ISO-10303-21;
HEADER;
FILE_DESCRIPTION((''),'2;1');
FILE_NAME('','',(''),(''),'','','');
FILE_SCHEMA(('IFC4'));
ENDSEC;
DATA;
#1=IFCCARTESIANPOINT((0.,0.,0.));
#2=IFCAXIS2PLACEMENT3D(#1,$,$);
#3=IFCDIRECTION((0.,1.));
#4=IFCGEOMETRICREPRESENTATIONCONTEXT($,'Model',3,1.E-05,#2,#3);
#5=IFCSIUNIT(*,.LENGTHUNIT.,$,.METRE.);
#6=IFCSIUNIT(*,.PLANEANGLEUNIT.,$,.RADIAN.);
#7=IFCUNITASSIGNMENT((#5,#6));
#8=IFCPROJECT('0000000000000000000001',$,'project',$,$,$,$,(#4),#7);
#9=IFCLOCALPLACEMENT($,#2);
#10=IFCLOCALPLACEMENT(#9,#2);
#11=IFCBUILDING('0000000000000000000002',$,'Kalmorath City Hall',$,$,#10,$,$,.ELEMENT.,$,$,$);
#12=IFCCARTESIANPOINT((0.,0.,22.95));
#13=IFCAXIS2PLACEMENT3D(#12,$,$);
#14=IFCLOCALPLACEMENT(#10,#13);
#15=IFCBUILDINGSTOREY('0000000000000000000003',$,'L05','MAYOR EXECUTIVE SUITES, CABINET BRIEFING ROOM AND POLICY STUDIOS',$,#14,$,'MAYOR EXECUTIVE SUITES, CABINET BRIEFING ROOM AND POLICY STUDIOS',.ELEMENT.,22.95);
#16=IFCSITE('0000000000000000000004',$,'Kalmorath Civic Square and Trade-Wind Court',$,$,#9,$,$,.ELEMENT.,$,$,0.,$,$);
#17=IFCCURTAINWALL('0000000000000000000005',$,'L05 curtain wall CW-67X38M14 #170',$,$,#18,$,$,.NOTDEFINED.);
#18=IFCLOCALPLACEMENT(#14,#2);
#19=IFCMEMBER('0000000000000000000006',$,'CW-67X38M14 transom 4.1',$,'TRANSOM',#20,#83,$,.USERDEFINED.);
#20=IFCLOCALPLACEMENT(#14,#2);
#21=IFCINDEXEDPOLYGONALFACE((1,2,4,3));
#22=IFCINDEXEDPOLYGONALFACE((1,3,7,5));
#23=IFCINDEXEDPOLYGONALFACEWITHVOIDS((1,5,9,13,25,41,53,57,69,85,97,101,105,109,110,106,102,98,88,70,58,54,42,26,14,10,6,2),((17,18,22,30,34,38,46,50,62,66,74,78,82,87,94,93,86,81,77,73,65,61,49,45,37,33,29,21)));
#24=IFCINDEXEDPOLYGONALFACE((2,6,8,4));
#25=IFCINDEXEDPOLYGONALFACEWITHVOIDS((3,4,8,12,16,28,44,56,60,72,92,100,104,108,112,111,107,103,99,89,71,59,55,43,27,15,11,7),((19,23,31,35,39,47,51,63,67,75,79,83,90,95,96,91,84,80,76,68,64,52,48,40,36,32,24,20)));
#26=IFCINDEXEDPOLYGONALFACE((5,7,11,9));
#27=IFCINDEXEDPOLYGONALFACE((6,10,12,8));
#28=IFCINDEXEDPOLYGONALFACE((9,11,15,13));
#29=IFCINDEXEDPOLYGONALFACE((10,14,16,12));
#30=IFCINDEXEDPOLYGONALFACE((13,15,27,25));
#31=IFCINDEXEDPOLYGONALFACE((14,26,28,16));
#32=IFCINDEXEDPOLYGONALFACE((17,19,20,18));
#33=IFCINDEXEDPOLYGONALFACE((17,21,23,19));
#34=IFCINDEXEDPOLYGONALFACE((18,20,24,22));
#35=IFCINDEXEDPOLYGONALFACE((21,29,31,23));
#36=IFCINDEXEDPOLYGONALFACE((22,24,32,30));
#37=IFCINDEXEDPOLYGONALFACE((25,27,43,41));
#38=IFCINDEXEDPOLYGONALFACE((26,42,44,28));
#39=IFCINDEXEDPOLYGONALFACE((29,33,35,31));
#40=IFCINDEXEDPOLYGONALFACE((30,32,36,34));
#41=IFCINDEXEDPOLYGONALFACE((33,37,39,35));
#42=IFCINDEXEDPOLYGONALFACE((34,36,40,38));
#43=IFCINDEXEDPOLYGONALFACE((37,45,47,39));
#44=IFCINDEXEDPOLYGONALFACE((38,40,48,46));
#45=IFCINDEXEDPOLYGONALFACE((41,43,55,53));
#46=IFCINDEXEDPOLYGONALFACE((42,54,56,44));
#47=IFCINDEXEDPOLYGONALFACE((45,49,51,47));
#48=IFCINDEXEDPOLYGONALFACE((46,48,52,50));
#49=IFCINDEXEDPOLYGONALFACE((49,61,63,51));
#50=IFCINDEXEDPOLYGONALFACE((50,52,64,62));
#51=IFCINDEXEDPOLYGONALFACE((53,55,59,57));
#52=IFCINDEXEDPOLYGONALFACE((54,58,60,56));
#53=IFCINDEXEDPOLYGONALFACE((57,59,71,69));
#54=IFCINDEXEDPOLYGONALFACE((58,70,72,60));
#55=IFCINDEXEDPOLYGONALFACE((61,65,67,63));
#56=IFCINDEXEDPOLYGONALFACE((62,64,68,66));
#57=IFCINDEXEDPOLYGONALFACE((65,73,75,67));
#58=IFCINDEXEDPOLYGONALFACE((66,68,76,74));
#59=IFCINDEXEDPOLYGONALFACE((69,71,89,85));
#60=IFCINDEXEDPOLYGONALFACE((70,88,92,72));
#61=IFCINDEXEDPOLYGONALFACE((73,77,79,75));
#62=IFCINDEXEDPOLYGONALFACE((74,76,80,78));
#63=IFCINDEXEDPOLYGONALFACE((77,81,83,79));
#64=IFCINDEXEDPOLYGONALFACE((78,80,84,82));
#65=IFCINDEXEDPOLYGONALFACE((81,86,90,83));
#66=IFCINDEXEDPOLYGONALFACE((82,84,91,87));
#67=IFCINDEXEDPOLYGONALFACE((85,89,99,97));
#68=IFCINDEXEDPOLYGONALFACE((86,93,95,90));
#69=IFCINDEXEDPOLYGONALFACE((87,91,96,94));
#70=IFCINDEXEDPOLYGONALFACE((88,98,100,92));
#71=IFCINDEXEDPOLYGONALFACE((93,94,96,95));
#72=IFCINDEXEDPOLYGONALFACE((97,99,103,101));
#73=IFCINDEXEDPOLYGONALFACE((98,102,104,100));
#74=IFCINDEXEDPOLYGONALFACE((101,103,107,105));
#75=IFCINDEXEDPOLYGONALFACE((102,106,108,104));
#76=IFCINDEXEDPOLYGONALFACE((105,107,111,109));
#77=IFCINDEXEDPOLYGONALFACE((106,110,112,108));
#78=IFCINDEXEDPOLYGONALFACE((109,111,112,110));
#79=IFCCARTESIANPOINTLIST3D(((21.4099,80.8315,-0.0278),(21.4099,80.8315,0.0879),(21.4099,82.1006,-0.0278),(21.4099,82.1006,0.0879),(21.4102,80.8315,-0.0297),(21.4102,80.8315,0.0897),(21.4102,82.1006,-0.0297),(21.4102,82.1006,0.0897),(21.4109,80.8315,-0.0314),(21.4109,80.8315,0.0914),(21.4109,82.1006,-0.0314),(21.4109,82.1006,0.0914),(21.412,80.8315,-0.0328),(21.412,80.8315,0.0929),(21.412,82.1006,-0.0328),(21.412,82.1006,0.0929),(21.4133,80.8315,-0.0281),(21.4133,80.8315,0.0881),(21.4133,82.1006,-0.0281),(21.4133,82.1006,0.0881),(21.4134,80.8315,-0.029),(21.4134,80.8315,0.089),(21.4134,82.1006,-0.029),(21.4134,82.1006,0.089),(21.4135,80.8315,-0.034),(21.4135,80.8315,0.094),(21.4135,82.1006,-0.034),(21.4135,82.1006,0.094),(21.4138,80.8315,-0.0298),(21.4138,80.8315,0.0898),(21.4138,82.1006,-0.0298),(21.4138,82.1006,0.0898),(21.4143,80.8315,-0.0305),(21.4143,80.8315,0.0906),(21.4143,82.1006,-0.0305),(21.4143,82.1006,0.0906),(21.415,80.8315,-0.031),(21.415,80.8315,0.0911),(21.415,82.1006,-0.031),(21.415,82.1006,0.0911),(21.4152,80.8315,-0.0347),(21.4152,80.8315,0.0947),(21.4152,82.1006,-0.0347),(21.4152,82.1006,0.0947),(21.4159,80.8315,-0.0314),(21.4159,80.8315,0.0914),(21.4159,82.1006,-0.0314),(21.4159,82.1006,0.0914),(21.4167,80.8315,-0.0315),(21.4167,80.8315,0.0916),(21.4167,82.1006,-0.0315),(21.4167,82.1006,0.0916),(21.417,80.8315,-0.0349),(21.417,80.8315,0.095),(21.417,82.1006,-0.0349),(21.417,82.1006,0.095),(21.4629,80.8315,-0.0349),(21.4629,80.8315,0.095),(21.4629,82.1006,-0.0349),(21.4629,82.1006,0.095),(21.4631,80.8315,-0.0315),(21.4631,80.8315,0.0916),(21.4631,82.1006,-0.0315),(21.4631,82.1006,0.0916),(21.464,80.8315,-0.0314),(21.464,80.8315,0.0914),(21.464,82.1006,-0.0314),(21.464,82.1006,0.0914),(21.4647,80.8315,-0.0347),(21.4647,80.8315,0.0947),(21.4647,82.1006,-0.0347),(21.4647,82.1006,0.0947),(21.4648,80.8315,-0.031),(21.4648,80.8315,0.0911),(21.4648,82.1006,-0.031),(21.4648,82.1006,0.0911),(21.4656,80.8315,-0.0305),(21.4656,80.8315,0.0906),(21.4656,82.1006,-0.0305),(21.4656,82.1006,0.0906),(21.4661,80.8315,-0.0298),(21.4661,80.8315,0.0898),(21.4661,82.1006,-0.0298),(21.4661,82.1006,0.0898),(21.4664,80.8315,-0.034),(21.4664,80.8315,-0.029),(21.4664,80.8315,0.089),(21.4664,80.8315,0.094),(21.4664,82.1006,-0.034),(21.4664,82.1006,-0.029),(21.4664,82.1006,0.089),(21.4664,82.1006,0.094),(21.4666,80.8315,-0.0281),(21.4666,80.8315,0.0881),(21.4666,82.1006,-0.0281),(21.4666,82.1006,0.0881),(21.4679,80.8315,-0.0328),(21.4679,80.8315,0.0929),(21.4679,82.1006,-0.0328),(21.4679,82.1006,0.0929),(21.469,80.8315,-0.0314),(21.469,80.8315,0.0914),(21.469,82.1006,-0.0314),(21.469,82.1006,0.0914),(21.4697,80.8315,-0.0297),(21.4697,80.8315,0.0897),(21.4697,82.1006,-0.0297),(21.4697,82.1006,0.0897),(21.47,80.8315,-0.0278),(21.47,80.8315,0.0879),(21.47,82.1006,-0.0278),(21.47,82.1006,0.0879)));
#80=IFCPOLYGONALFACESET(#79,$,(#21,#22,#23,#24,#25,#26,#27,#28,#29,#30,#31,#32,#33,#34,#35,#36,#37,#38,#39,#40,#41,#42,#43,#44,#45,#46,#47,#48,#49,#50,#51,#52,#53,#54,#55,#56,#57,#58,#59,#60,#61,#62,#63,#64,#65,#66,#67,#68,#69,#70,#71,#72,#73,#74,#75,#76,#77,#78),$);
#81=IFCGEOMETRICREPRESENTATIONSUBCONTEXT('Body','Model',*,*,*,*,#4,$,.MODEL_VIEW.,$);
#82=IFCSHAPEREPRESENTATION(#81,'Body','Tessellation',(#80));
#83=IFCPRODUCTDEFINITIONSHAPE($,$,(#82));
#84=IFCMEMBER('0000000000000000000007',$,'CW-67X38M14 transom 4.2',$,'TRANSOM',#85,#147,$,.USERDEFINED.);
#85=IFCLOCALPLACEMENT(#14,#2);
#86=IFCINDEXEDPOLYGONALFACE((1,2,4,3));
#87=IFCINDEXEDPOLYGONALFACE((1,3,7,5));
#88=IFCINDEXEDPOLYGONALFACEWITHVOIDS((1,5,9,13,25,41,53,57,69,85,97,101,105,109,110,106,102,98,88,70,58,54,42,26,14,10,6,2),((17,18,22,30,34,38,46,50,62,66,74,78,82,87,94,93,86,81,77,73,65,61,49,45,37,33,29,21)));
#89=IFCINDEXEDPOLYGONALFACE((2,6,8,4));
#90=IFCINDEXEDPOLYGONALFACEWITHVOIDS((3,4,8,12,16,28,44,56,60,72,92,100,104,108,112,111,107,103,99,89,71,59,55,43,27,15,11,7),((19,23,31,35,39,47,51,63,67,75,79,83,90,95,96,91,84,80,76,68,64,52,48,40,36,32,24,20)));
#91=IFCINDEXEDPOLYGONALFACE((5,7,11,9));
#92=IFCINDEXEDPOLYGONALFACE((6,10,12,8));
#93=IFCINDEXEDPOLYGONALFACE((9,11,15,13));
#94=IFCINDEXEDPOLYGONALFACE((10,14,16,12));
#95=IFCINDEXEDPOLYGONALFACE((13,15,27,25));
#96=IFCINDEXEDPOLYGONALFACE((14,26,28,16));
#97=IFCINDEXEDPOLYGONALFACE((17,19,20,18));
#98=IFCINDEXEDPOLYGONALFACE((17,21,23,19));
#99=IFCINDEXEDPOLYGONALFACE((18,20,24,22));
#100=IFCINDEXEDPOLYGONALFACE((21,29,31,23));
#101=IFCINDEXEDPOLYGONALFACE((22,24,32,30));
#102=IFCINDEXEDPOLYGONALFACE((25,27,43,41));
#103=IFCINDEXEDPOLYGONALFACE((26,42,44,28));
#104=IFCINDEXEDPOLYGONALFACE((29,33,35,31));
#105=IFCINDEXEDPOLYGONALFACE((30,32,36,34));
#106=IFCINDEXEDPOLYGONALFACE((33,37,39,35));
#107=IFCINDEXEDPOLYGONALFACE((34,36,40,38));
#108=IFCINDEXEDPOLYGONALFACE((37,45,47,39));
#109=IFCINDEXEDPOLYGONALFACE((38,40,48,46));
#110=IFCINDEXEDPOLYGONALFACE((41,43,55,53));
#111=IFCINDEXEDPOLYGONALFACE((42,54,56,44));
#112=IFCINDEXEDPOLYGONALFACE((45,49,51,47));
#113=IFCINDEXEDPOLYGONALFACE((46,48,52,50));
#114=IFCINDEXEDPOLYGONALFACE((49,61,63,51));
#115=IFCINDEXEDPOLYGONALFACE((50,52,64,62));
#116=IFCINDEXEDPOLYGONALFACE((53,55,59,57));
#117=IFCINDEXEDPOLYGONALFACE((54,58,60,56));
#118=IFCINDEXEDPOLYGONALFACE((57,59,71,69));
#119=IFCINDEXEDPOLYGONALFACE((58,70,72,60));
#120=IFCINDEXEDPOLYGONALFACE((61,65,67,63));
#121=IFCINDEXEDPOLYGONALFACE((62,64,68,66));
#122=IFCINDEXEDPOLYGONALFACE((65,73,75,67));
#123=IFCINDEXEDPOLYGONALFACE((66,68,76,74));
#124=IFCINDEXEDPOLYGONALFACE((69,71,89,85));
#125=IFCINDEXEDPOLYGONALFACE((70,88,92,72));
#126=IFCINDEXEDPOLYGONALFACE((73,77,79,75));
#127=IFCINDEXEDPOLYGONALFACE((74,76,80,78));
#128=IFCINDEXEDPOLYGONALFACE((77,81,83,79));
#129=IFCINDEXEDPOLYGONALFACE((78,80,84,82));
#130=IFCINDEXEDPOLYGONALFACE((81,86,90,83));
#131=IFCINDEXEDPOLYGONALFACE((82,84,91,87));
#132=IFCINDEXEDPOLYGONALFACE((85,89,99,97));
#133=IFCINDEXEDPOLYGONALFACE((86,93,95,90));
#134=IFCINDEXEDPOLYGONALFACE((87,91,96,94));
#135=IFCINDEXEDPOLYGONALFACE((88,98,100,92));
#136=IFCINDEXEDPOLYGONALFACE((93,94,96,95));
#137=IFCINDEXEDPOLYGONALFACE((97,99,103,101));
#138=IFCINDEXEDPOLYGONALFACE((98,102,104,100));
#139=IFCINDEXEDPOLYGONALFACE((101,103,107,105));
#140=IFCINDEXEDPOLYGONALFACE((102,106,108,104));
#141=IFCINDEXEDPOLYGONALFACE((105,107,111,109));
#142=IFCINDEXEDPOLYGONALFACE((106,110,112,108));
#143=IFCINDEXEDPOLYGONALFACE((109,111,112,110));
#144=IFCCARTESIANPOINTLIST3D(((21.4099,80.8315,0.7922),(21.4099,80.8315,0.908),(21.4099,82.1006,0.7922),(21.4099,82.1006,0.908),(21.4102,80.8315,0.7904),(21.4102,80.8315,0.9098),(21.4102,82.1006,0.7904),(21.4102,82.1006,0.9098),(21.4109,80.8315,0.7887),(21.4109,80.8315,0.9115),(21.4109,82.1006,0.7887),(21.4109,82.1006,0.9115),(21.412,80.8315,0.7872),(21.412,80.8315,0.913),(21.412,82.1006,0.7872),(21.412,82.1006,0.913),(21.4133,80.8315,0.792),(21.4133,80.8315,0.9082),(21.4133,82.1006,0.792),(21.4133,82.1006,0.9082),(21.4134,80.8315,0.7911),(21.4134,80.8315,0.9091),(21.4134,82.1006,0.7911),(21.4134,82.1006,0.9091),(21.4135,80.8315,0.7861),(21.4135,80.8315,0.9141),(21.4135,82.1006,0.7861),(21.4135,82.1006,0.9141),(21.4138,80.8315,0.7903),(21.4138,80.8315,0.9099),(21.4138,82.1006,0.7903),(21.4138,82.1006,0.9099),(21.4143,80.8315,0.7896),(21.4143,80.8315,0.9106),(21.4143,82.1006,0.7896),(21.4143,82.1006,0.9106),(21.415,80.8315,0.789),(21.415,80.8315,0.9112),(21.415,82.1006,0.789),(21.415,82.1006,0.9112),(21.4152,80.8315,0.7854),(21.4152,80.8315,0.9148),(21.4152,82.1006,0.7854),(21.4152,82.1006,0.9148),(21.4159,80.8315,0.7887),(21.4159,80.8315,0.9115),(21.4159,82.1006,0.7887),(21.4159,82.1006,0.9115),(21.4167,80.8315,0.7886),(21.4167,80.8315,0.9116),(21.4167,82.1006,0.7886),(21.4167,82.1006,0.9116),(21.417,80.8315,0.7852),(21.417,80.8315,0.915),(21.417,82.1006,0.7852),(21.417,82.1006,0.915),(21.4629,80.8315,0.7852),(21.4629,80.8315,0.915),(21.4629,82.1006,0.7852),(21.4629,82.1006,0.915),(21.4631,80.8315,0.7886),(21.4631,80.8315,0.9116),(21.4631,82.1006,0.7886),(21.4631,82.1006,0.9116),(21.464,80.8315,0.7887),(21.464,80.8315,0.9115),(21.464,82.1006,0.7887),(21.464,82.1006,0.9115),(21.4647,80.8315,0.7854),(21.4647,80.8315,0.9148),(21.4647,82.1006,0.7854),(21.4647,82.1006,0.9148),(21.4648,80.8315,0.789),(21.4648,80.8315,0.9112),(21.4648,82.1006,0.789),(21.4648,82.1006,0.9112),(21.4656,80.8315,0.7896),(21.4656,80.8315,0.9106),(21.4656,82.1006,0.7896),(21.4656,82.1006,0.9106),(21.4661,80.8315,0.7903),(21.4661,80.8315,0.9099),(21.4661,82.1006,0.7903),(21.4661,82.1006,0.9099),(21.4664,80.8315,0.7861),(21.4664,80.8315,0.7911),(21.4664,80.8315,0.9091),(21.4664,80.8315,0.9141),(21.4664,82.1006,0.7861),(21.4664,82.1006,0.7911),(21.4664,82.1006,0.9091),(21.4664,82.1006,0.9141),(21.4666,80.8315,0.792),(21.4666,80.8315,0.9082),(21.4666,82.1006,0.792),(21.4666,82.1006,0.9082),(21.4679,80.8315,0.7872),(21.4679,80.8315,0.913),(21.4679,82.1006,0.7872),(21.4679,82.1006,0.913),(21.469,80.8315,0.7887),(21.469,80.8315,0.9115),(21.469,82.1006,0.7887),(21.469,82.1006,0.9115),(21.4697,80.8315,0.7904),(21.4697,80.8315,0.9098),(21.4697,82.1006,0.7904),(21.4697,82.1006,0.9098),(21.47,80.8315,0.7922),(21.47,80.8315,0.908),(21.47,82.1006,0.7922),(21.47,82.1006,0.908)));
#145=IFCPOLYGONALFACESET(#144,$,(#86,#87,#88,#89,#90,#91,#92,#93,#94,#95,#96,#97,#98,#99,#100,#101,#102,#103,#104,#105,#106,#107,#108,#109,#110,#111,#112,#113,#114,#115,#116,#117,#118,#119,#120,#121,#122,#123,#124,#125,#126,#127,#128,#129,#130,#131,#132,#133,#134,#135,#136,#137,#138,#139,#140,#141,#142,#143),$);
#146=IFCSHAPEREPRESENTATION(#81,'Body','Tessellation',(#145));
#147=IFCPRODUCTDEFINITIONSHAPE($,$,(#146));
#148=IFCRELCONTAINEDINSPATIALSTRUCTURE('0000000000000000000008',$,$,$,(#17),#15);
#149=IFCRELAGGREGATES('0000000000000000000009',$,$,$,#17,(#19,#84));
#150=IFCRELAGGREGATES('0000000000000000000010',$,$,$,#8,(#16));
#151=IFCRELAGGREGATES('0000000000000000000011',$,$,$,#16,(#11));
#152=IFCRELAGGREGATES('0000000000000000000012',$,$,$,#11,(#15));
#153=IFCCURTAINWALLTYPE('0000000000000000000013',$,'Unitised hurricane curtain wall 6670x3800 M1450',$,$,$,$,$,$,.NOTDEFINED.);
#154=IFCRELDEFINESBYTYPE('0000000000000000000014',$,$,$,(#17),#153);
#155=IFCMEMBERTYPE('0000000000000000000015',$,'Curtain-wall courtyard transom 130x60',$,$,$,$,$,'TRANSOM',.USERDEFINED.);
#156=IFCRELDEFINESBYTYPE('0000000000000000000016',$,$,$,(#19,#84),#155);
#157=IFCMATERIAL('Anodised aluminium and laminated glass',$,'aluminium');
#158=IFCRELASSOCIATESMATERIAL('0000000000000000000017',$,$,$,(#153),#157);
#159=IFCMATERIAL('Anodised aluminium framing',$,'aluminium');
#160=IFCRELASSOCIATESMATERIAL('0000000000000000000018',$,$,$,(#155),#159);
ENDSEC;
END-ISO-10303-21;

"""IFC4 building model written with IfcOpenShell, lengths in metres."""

from ifc_helpers import new_model, si_unit, direction, frame, origin, origin_2d, place, context, subcontext, project, spatial, hollow_rectangle, extrude, material, material_profile, profile_set, type_object, element, aggregate, save


model = new_model("IFC4")

# Units and contexts
model_context = context("Model", 3, precision=1e-05, world=origin(), true_north=direction((0.0, 1.0)))
body_context = subcontext(model_context, "Body", "Model", "MODEL_VIEW")
ifc_project = project(units=[si_unit("LENGTHUNIT", "METRE"), si_unit("PLANEANGLEUNIT", "RADIAN")], contexts=[model_context])

# Site, building, storey
site_placement = place(None, origin())
site = spatial("IfcSite", under=ifc_project, at=site_placement, Name="Kalmorath Civic Square and Trade-Wind Court", CompositionType="ELEMENT", RefElevation=0.0)
building_placement = place(site_placement, origin())
building = spatial("IfcBuilding", under=site, at=building_placement, Name="Kalmorath City Hall", CompositionType="ELEMENT")
storey_placement = place(building_placement, frame((0.0, 0.0, 22.95)))
storey = spatial("IfcBuildingStorey", under=building, at=storey_placement, Name="L05", Description="MAYOR EXECUTIVE SUITES, CABINET BRIEFING ROOM AND POLICY STUDIOS", LongName="MAYOR EXECUTIVE SUITES, CABINET BRIEFING ROOM AND POLICY STUDIOS", CompositionType="ELEMENT", Elevation=22.95)

# Curtain wall, members
ifc_material_1 = material(Name="Anodised aluminium and laminated glass", Category="aluminium")
curtain_wall_type = type_object("IfcCurtainWallType", Name="Unitised hurricane curtain wall 6670x3800 M1450", PredefinedType="NOTDEFINED", material=ifc_material_1)
curtain_wall_placement = place(storey_placement, origin())
curtain_wall = element("IfcCurtainWall", 1, at=curtain_wall_placement, inside=storey, type_object=curtain_wall_type, Name="L05 curtain wall CW-67X38M14 #170", PredefinedType="NOTDEFINED")
ifc_material_2 = material(Name="Anodised aluminium framing", Category="aluminium")
ifc_material_profile_1 = material_profile(ifc_material_2, hollow_rectangle(XDim=0.0601, YDim=0.1299, WallThickness=0.0034, InnerFilletRadius=0.0034, OuterFilletRadius=0.0071, at=origin_2d()), Name="ALU-TRN-130X60X3.5")
ifc_profile_set_1 = profile_set([ifc_material_profile_1], Name="Anodised aluminium framing")
member_type_1 = type_object("IfcMemberType", Name="Curtain-wall courtyard transom 130x60", ElementType="TRANSOM", PredefinedType="USERDEFINED", material=ifc_profile_set_1)
member_1_placement = place(storey_placement, frame((21.4399, 82.1006, 0.03), z_axis=(0.0, -1.0, 0.0), x_axis=(1.0, 0.0, 0.0)))
member_1 = element("IfcMember", 2, at=member_1_placement, type_object=member_type_1, Name="CW-67X38M14 transom 4.1", ObjectType="TRANSOM", PredefinedType="USERDEFINED", context=body_context, shape_type="SweptSolid", body=[
    extrude(hollow_rectangle(XDim=0.0601, YDim=0.1299, WallThickness=0.0034, InnerFilletRadius=0.0034, OuterFilletRadius=0.0071, at=origin_2d()), origin(), (0.0, 0.0, 1.0), 1.269),
])
member_2_placement = place(storey_placement, frame((21.4399, 82.1006, 0.8501), z_axis=(0.0, -1.0, 0.0), x_axis=(1.0, 0.0, 0.0)))
member_2 = element("IfcMember", 3, at=member_2_placement, type_object=member_type_1, Name="CW-67X38M14 transom 4.2", ObjectType="TRANSOM", PredefinedType="USERDEFINED", context=body_context, shape_type="SweptSolid", body=[
    extrude(hollow_rectangle(XDim=0.0601, YDim=0.1299, WallThickness=0.0034, InnerFilletRadius=0.0034, OuterFilletRadius=0.0071, at=origin_2d()), origin(), (0.0, 0.0, 1.0), 1.269),
])
aggregate(curtain_wall, [member_1, member_2])

save(model, "model.ifc")
